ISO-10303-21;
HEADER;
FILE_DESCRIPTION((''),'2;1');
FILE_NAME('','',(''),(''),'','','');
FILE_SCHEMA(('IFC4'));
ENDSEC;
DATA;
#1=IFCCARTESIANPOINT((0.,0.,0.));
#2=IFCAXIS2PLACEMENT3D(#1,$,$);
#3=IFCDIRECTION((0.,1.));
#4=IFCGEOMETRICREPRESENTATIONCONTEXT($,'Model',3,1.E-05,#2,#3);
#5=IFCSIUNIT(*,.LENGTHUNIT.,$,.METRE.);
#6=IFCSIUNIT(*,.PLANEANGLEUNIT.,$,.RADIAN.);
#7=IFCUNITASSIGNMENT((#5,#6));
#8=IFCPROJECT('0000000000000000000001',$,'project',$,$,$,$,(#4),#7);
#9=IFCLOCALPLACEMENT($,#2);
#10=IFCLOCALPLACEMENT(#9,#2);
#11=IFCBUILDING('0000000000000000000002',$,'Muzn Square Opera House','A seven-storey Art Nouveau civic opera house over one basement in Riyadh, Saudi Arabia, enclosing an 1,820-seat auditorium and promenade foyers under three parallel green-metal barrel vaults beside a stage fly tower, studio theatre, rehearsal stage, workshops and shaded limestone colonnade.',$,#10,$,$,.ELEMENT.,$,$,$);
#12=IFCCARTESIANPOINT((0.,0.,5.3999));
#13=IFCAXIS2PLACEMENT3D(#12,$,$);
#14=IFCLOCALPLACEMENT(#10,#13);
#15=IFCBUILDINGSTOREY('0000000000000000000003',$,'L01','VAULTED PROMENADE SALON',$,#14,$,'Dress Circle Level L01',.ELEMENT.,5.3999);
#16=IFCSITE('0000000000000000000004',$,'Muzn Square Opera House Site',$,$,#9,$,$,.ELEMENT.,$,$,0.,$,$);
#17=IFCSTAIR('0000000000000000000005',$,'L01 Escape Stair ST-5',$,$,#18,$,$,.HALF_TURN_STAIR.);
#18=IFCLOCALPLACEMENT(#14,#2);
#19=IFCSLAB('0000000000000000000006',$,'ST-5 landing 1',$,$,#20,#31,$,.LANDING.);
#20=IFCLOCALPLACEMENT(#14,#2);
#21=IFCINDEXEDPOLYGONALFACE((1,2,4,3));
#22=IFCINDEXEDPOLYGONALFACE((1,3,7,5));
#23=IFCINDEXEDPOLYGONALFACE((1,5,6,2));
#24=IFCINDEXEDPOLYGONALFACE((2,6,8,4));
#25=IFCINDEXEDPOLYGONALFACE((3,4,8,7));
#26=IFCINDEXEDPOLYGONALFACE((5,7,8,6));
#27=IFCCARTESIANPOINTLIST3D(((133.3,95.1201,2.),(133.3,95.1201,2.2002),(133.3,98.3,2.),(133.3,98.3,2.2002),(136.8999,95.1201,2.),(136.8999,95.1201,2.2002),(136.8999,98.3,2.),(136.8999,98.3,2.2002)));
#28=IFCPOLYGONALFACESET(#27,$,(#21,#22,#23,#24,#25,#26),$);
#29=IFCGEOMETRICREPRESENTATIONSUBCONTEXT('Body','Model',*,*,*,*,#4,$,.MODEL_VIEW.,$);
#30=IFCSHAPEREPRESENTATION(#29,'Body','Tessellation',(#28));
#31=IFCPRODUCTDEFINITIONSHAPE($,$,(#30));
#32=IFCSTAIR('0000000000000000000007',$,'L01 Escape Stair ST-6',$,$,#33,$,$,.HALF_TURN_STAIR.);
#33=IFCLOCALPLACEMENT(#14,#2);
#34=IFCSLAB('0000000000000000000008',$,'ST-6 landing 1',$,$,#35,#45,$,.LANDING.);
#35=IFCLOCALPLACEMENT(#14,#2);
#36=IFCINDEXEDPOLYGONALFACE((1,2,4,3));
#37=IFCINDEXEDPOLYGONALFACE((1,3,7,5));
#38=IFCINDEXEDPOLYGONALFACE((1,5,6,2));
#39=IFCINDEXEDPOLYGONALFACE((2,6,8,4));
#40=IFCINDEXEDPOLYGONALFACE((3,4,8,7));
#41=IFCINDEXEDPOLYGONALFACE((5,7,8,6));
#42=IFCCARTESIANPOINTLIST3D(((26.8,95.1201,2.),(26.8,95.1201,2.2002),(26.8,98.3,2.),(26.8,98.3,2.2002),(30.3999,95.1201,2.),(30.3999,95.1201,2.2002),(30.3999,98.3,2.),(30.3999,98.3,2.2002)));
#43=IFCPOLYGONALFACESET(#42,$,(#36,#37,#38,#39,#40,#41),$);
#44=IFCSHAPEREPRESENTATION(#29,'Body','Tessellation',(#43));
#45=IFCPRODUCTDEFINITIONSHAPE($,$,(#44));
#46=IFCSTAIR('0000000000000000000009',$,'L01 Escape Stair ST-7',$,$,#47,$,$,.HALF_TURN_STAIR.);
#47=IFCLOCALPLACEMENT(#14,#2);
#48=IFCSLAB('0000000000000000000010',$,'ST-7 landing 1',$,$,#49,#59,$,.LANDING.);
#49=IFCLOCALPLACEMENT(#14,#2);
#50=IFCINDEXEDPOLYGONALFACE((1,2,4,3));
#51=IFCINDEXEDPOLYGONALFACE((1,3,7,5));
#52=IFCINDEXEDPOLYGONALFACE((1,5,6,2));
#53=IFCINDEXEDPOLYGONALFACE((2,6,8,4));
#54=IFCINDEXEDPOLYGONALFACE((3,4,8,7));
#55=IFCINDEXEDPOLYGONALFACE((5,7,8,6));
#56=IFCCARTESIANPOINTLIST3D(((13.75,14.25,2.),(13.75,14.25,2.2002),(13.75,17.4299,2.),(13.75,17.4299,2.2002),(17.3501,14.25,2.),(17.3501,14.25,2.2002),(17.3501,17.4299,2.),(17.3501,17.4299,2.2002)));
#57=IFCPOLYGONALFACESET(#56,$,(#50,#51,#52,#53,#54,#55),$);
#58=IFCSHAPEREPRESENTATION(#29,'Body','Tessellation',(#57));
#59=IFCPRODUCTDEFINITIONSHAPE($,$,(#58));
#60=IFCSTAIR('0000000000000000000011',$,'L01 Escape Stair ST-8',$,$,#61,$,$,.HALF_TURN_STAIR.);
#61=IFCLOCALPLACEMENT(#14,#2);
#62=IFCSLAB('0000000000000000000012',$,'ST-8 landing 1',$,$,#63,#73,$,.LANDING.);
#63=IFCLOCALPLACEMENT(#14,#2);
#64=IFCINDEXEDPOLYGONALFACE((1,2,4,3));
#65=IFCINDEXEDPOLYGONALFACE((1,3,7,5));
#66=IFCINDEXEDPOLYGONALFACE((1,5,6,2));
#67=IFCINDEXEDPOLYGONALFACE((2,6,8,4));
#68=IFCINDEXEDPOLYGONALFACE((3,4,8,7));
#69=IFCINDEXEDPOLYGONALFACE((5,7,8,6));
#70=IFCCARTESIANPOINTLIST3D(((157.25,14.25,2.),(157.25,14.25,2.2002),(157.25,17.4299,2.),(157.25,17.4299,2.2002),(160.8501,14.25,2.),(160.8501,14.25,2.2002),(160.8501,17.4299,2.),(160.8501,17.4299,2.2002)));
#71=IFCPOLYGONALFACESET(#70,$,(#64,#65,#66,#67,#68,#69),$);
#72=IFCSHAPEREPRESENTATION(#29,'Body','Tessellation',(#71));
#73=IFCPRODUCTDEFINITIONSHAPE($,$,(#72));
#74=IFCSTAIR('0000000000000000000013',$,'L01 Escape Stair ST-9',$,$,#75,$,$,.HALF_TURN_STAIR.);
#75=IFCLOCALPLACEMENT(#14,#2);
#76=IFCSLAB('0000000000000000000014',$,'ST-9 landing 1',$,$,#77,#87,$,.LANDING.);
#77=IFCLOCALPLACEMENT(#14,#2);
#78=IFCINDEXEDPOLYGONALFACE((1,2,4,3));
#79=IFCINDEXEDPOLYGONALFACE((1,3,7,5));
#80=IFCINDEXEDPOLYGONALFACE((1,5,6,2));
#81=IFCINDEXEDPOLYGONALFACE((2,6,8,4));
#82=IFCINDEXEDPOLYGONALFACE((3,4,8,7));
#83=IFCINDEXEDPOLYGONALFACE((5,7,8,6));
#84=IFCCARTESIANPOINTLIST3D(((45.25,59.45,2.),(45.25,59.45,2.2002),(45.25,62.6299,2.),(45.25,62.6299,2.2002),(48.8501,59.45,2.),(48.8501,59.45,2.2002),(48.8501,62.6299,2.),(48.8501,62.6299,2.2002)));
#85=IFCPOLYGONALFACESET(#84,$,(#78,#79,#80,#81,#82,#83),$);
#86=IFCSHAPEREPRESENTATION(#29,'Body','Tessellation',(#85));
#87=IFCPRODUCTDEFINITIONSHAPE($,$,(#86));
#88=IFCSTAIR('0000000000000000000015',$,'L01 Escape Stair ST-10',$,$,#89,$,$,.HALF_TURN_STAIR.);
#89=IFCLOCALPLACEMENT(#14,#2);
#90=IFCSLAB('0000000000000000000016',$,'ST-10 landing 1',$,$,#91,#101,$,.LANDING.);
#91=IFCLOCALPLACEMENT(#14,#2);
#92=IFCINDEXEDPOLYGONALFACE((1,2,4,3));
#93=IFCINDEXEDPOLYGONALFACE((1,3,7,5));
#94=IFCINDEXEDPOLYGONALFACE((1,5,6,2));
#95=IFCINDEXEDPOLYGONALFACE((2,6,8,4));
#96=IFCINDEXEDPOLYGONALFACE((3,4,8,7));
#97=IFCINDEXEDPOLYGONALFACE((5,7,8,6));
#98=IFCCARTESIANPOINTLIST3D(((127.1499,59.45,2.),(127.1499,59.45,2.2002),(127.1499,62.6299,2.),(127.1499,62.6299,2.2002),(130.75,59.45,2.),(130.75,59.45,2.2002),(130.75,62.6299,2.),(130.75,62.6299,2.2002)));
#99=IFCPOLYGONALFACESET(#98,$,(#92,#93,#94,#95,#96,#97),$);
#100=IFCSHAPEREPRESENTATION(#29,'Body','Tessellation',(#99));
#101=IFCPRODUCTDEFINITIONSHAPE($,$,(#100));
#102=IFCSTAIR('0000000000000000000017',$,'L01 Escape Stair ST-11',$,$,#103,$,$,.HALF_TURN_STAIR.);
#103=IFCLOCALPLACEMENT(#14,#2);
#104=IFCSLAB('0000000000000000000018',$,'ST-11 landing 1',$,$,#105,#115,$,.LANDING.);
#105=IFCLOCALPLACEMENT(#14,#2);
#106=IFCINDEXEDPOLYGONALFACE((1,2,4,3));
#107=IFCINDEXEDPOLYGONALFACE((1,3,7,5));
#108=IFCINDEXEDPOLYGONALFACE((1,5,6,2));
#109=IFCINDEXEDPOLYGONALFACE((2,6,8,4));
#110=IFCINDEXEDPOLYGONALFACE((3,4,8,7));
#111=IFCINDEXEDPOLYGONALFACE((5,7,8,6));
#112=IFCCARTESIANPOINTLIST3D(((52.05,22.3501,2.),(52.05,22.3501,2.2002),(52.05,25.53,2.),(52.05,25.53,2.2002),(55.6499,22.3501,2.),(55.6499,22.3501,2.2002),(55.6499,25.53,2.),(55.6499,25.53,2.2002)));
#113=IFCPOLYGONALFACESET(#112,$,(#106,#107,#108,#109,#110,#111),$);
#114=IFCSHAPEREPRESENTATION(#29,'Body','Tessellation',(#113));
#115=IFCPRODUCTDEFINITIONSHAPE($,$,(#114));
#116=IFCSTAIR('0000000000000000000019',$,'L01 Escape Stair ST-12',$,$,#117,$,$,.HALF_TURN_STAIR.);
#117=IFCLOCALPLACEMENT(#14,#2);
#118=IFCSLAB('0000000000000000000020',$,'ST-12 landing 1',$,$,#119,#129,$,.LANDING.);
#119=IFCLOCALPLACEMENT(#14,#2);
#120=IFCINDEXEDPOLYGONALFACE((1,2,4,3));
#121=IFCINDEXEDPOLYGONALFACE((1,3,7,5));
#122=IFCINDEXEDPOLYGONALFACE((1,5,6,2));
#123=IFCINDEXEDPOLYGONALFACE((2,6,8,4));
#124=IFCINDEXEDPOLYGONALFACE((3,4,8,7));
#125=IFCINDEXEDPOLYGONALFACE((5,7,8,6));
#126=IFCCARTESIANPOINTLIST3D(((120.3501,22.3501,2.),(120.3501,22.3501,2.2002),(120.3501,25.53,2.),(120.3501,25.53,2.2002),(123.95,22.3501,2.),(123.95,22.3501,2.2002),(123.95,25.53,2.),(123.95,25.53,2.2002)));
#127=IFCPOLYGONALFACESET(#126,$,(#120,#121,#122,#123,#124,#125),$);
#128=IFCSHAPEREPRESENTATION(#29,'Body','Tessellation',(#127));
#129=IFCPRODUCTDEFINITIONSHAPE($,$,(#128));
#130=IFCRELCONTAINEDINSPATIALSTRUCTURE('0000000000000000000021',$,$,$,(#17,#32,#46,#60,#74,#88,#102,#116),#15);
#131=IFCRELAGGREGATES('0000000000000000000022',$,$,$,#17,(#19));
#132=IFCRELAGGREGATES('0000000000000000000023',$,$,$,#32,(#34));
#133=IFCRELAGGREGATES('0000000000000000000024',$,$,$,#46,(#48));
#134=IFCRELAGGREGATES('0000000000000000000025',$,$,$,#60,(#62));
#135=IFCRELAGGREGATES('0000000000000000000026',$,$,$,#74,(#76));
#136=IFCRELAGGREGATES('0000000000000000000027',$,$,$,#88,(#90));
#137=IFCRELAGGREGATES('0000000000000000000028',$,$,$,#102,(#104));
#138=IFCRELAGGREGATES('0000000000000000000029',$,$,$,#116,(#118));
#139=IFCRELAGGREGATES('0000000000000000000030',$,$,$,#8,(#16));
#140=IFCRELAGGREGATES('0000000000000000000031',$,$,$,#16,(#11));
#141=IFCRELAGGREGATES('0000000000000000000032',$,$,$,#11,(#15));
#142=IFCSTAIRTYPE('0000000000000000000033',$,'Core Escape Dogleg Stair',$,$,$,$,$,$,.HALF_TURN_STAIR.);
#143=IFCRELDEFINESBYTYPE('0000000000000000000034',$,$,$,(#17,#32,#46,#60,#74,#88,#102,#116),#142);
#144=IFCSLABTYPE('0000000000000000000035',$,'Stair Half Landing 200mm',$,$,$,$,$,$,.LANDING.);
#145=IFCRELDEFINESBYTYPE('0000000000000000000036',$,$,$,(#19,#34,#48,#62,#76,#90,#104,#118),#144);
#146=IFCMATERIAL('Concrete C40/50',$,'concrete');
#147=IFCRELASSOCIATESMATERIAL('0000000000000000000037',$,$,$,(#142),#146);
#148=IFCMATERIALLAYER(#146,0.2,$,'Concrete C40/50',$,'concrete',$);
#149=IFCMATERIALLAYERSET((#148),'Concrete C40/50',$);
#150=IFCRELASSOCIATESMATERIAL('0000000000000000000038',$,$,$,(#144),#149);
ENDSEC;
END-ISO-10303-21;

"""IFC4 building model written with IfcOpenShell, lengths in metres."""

from ifc_helpers import new_model, si_unit, direction, frame, origin, place, context, subcontext, project, spatial, polyline, outline, extrude, material, layer, layer_set, type_object, element, aggregate, save


model = new_model("IFC4")

# Units and contexts
model_context = context("Model", 3, precision=1e-05, world=origin(), true_north=direction((0.0, 1.0)))
body_context = subcontext(model_context, "Body", "Model", "MODEL_VIEW")
ifc_project = project(units=[si_unit("LENGTHUNIT", "METRE"), si_unit("PLANEANGLEUNIT", "RADIAN")], contexts=[model_context])

# Site, building, storey
site_placement = place(None, origin())
site = spatial("IfcSite", under=ifc_project, at=site_placement, Name="Muzn Square Opera House Site", CompositionType="ELEMENT", RefElevation=0.0)
building_placement = place(site_placement, origin())
building = spatial("IfcBuilding", under=site, at=building_placement, Name="Muzn Square Opera House", Description="A seven-storey Art Nouveau civic opera house over one basement in Riyadh, Saudi Arabia, enclosing an 1,820-seat auditorium and promenade foyers under three parallel green-metal barrel vaults beside a stage fly tower, studio theatre, rehearsal stage, workshops and shaded limestone colonnade.", CompositionType="ELEMENT")
storey_placement = place(building_placement, frame((0.0, 0.0, 5.3999)))
storey = spatial("IfcBuildingStorey", under=building, at=storey_placement, Name="L01", Description="VAULTED PROMENADE SALON", LongName="Dress Circle Level L01", CompositionType="ELEMENT", Elevation=5.3999)

# Shared definitions
ifc_material_1 = material(Name="Concrete C40/50", Category="concrete")

# Stairs, slabs
stair_type = type_object("IfcStairType", Name="Core Escape Dogleg Stair", PredefinedType="HALF_TURN_STAIR", material=ifc_material_1)
stair_1_placement = place(storey_placement, origin())
stair_1 = element("IfcStair", 1, at=stair_1_placement, inside=storey, type_object=stair_type, Name="L01 Escape Stair ST-5", PredefinedType="HALF_TURN_STAIR")
ifc_layer_1 = layer(ifc_material_1, 0.2, Name="Concrete C40/50", Category="concrete")
ifc_layer_set_1 = layer_set([ifc_layer_1], Name="Concrete C40/50")
slab_type = type_object("IfcSlabType", Name="Stair Half Landing 200mm", PredefinedType="LANDING", material=ifc_layer_set_1)
slab_1_placement = place(storey_placement, frame((0.0, 0.0, 2.0)))
slab_1 = element("IfcSlab", 2, at=slab_1_placement, type_object=slab_type, Name="ST-5 landing 1", PredefinedType="LANDING", context=body_context, shape_type="SweptSolid", body=[
    extrude(outline(polyline([(136.8999, 95.1201), (136.8999, 98.3), (133.3, 98.3), (133.3, 95.1201), (136.8999, 95.1201)])), origin(), (0.0, 0.0, 1.0), 0.2002),
])
aggregate(stair_1, [slab_1])
stair_2_placement = place(storey_placement, origin())
stair_2 = element("IfcStair", 3, at=stair_2_placement, inside=storey, type_object=stair_type, Name="L01 Escape Stair ST-6", PredefinedType="HALF_TURN_STAIR")
slab_2_placement = place(storey_placement, frame((0.0, 0.0, 2.0)))
slab_2 = element("IfcSlab", 4, at=slab_2_placement, type_object=slab_type, Name="ST-6 landing 1", PredefinedType="LANDING", context=body_context, shape_type="SweptSolid", body=[
    extrude(outline(polyline([(30.3999, 95.1201), (30.3999, 98.3), (26.8, 98.3), (26.8, 95.1201), (30.3999, 95.1201)])), origin(), (0.0, 0.0, 1.0), 0.2002),
])
aggregate(stair_2, [slab_2])
stair_3_placement = place(storey_placement, origin())
stair_3 = element("IfcStair", 5, at=stair_3_placement, inside=storey, type_object=stair_type, Name="L01 Escape Stair ST-7", PredefinedType="HALF_TURN_STAIR")
slab_3_placement = place(storey_placement, frame((0.0, 0.0, 2.0)))
slab_3 = element("IfcSlab", 6, at=slab_3_placement, type_object=slab_type, Name="ST-7 landing 1", PredefinedType="LANDING", context=body_context, shape_type="SweptSolid", body=[
    extrude(outline(polyline([(13.75, 17.4299), (13.75, 14.25), (17.3501, 14.25), (17.3501, 17.4299), (13.75, 17.4299)])), origin(), (0.0, 0.0, 1.0), 0.2002),
])
aggregate(stair_3, [slab_3])
stair_4_placement = place(storey_placement, origin())
stair_4 = element("IfcStair", 7, at=stair_4_placement, inside=storey, type_object=stair_type, Name="L01 Escape Stair ST-8", PredefinedType="HALF_TURN_STAIR")
slab_4_placement = place(storey_placement, frame((0.0, 0.0, 2.0)))
slab_4 = element("IfcSlab", 8, at=slab_4_placement, type_object=slab_type, Name="ST-8 landing 1", PredefinedType="LANDING", context=body_context, shape_type="SweptSolid", body=[
    extrude(outline(polyline([(157.25, 17.4299), (157.25, 14.25), (160.8501, 14.25), (160.8501, 17.4299), (157.25, 17.4299)])), origin(), (0.0, 0.0, 1.0), 0.2002),
])
aggregate(stair_4, [slab_4])
stair_5_placement = place(storey_placement, origin())
stair_5 = element("IfcStair", 9, at=stair_5_placement, inside=storey, type_object=stair_type, Name="L01 Escape Stair ST-9", PredefinedType="HALF_TURN_STAIR")
slab_5_placement = place(storey_placement, frame((0.0, 0.0, 2.0)))
slab_5 = element("IfcSlab", 10, at=slab_5_placement, type_object=slab_type, Name="ST-9 landing 1", PredefinedType="LANDING", context=body_context, shape_type="SweptSolid", body=[
    extrude(outline(polyline([(45.25, 62.6299), (45.25, 59.45), (48.8501, 59.45), (48.8501, 62.6299), (45.25, 62.6299)])), origin(), (0.0, 0.0, 1.0), 0.2002),
])
aggregate(stair_5, [slab_5])
stair_6_placement = place(storey_placement, origin())
stair_6 = element("IfcStair", 11, at=stair_6_placement, inside=storey, type_object=stair_type, Name="L01 Escape Stair ST-10", PredefinedType="HALF_TURN_STAIR")
slab_6_placement = place(storey_placement, frame((0.0, 0.0, 2.0)))
slab_6 = element("IfcSlab", 12, at=slab_6_placement, type_object=slab_type, Name="ST-10 landing 1", PredefinedType="LANDING", context=body_context, shape_type="SweptSolid", body=[
    extrude(outline(polyline([(127.1499, 62.6299), (127.1499, 59.45), (130.75, 59.45), (130.75, 62.6299), (127.1499, 62.6299)])), origin(), (0.0, 0.0, 1.0), 0.2002),
])
aggregate(stair_6, [slab_6])
stair_7_placement = place(storey_placement, origin())
stair_7 = element("IfcStair", 13, at=stair_7_placement, inside=storey, type_object=stair_type, Name="L01 Escape Stair ST-11", PredefinedType="HALF_TURN_STAIR")
slab_7_placement = place(storey_placement, frame((0.0, 0.0, 2.0)))
slab_7 = element("IfcSlab", 14, at=slab_7_placement, type_object=slab_type, Name="ST-11 landing 1", PredefinedType="LANDING", context=body_context, shape_type="SweptSolid", body=[
    extrude(outline(polyline([(52.05, 25.53), (52.05, 22.3501), (55.6499, 22.3501), (55.6499, 25.53), (52.05, 25.53)])), origin(), (0.0, 0.0, 1.0), 0.2002),
])
aggregate(stair_7, [slab_7])
stair_8_placement = place(storey_placement, origin())
stair_8 = element("IfcStair", 15, at=stair_8_placement, inside=storey, type_object=stair_type, Name="L01 Escape Stair ST-12", PredefinedType="HALF_TURN_STAIR")
slab_8_placement = place(storey_placement, frame((0.0, 0.0, 2.0)))
slab_8 = element("IfcSlab", 16, at=slab_8_placement, type_object=slab_type, Name="ST-12 landing 1", PredefinedType="LANDING", context=body_context, shape_type="SweptSolid", body=[
    extrude(outline(polyline([(120.3501, 25.53), (120.3501, 22.3501), (123.95, 22.3501), (123.95, 25.53), (120.3501, 25.53)])), origin(), (0.0, 0.0, 1.0), 0.2002),
])
aggregate(stair_8, [slab_8])

save(model, "model.ifc")
